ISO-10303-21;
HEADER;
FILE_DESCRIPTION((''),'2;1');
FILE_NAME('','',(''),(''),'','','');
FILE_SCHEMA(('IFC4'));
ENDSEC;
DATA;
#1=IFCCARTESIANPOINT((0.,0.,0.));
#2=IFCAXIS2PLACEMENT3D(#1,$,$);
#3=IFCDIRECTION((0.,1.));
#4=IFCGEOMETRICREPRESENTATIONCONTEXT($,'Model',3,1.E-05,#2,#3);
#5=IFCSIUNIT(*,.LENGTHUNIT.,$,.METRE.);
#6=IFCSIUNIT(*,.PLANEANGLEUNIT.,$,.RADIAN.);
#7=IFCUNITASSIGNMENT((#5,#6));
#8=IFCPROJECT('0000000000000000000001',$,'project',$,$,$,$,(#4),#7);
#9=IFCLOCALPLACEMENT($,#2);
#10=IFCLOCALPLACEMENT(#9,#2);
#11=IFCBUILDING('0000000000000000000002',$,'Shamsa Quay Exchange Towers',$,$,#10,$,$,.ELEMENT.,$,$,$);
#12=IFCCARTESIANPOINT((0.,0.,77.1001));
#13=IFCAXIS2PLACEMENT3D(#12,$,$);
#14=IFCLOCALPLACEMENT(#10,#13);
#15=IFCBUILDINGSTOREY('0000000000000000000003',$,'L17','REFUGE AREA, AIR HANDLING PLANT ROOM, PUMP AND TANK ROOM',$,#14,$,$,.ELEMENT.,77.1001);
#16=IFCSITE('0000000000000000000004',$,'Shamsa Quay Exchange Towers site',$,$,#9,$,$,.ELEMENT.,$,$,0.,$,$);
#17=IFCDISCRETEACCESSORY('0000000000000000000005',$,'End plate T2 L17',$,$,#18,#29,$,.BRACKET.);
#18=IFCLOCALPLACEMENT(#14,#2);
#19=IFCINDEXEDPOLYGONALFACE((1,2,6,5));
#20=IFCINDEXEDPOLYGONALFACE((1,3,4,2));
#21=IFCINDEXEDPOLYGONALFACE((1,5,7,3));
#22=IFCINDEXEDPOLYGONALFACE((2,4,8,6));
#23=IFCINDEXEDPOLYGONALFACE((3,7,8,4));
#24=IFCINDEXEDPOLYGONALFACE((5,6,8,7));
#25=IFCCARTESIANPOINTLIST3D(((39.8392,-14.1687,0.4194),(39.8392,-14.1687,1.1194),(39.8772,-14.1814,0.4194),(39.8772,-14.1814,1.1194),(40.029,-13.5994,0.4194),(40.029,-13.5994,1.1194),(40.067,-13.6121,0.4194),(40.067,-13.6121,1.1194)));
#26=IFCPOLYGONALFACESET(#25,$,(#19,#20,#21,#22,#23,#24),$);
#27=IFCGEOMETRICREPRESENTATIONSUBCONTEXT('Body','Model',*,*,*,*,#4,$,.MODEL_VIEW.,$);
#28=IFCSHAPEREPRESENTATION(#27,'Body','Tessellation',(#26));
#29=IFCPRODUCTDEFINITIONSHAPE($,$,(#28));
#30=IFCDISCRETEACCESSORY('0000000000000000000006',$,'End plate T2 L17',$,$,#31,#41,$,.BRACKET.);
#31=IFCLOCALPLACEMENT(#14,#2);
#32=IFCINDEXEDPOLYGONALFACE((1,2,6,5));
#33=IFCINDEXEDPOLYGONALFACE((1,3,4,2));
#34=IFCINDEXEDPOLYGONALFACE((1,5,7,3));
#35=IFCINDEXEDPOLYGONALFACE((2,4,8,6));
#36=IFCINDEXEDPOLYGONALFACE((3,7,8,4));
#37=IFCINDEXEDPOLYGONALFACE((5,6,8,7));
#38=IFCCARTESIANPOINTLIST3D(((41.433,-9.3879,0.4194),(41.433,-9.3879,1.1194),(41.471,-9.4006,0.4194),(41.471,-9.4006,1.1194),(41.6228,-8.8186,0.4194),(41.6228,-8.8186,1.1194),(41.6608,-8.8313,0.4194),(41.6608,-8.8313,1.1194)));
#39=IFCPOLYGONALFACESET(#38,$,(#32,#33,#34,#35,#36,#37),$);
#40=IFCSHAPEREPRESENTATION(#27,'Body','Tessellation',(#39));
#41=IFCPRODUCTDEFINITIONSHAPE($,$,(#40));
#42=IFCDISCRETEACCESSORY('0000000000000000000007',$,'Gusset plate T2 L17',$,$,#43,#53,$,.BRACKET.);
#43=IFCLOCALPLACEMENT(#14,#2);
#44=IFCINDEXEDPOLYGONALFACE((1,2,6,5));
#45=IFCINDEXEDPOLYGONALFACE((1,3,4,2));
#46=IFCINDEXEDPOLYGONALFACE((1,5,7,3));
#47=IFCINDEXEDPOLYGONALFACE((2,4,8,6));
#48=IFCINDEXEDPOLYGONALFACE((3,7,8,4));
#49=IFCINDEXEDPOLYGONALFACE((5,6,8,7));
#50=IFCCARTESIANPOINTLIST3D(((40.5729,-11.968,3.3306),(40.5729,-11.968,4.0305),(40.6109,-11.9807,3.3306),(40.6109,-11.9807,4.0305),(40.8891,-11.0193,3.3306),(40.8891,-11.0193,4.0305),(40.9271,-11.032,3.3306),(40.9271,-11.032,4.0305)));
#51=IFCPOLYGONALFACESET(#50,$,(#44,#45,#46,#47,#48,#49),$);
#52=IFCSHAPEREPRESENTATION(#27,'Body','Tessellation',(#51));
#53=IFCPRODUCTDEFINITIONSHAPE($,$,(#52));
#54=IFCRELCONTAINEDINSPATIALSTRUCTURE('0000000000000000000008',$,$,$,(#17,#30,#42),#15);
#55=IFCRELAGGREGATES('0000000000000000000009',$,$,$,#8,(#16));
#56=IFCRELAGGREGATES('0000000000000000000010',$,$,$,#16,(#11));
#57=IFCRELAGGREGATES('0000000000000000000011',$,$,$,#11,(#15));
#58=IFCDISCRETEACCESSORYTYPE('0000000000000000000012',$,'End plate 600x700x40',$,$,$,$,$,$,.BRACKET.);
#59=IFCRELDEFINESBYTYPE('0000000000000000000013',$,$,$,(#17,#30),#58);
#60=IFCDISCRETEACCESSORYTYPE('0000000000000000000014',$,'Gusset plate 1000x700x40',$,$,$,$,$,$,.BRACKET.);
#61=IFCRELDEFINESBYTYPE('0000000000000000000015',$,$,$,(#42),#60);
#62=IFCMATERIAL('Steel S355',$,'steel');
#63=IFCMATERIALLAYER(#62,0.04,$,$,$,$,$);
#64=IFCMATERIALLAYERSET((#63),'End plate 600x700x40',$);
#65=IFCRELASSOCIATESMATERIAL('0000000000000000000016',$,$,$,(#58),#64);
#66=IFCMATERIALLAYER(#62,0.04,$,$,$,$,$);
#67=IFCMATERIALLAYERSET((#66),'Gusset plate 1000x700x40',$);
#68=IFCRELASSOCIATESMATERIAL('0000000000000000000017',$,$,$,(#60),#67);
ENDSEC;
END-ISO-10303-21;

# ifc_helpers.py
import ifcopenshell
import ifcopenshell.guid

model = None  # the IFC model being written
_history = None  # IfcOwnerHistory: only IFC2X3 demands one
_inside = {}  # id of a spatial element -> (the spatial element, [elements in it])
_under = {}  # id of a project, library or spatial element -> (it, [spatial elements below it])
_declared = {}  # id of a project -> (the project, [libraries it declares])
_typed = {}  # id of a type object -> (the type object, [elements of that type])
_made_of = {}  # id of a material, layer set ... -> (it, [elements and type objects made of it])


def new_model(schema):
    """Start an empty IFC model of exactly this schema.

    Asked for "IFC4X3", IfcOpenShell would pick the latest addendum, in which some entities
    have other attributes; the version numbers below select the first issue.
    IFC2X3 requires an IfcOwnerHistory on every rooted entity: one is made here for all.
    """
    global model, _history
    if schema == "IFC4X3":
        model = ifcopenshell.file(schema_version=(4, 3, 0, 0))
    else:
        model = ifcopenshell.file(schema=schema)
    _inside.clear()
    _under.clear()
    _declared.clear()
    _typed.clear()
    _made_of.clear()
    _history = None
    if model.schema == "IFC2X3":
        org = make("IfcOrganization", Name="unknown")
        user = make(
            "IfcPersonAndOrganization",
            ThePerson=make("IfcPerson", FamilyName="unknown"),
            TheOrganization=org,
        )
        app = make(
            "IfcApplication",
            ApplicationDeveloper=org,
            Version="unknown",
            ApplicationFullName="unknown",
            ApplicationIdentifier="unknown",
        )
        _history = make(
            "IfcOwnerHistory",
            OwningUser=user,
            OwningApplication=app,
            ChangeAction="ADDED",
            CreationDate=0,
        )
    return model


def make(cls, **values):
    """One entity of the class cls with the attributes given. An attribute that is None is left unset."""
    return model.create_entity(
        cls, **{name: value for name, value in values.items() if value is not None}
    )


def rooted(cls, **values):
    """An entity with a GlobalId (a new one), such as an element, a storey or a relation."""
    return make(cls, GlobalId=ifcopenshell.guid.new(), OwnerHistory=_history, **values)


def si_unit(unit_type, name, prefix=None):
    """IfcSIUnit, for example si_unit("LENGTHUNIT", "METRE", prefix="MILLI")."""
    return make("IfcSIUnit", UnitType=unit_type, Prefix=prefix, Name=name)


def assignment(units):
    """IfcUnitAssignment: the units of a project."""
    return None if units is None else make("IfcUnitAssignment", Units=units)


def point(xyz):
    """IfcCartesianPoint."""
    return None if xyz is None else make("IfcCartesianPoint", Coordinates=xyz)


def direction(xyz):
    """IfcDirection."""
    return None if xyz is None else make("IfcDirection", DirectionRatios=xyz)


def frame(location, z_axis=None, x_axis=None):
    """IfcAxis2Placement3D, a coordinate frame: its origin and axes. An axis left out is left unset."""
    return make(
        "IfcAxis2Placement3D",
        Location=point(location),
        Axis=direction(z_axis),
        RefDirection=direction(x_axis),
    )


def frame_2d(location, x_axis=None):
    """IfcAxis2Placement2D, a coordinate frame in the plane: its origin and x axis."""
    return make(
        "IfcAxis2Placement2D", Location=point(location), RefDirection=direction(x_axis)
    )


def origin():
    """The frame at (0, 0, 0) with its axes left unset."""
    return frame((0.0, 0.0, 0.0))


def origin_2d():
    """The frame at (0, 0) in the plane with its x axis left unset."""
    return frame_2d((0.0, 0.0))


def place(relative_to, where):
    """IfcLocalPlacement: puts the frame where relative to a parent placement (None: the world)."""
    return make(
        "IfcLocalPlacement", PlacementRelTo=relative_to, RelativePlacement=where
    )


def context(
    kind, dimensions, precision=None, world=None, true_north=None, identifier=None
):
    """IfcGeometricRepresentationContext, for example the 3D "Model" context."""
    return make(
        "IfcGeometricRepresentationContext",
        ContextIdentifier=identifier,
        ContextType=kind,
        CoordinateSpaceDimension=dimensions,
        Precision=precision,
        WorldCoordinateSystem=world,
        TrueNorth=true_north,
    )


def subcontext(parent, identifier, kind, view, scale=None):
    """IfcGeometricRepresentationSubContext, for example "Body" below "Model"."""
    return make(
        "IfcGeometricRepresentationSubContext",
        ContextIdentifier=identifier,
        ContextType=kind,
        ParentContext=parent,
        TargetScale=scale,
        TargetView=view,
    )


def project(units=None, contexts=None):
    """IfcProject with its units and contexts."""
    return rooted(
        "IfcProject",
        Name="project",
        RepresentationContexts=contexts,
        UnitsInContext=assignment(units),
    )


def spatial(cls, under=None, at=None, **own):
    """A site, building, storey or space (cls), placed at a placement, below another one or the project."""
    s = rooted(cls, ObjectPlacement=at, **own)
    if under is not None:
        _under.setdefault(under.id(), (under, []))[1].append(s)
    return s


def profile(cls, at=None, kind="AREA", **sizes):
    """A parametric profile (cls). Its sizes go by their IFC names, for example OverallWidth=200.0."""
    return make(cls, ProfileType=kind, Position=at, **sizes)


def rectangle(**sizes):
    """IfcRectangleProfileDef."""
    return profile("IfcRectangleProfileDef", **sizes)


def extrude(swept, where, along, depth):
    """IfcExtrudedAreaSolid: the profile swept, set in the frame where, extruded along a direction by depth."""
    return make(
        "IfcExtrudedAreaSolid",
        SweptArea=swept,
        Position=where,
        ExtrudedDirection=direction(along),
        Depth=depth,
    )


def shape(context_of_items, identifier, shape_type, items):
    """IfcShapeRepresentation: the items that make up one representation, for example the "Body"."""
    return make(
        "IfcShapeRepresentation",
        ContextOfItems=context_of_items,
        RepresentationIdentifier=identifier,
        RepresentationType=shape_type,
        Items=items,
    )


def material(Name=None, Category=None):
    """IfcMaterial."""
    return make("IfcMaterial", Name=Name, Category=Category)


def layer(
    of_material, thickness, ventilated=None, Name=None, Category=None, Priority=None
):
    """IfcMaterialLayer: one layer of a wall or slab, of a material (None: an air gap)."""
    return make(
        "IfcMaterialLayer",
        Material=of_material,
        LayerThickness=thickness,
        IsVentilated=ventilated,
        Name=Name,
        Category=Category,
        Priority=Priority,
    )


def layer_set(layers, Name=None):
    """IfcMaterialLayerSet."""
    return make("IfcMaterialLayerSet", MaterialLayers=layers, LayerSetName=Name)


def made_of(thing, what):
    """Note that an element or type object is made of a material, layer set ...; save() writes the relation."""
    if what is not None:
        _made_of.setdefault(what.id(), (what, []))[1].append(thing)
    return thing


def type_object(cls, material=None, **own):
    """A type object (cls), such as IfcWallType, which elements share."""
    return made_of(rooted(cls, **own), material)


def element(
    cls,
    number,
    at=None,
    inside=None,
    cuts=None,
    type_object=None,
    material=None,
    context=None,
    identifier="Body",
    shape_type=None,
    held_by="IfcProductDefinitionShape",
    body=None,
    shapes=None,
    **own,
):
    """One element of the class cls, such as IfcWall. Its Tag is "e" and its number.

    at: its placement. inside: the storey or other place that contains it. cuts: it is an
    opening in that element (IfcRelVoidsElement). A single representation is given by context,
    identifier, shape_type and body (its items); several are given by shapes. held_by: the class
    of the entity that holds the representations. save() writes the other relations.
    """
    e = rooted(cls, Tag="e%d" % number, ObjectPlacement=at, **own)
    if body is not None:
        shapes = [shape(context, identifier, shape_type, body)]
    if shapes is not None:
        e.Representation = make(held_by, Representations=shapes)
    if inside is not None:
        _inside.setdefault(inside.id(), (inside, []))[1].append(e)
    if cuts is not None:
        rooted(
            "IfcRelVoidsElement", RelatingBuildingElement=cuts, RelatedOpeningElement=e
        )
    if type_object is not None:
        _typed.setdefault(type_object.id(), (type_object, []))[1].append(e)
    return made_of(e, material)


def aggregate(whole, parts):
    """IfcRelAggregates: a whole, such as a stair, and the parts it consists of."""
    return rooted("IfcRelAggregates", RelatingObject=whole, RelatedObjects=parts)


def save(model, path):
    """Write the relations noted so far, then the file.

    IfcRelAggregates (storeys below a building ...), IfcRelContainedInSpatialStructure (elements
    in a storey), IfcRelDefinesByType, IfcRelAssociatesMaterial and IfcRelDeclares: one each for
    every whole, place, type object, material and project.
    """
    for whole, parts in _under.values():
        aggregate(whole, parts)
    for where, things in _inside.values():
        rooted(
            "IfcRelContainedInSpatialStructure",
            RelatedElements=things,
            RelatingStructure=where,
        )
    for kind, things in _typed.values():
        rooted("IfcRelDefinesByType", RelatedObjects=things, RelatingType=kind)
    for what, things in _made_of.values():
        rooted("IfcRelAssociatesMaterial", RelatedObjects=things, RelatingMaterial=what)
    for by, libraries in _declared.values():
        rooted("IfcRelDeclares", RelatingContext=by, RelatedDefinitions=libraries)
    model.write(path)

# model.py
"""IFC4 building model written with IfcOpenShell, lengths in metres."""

from ifc_helpers import new_model, si_unit, direction, frame, origin, origin_2d, place, context, subcontext, project, spatial, rectangle, extrude, material, layer, layer_set, type_object, element, save


model = new_model("IFC4")

# Units and contexts
model_context = context("Model", 3, precision=1e-05, world=origin(), true_north=direction((0.0, 1.0)))
body_context = subcontext(model_context, "Body", "Model", "MODEL_VIEW")
ifc_project = project(units=[si_unit("LENGTHUNIT", "METRE"), si_unit("PLANEANGLEUNIT", "RADIAN")], contexts=[model_context])

# Site, building, storey
site_placement = place(None, origin())
site = spatial("IfcSite", under=ifc_project, at=site_placement, Name="Shamsa Quay Exchange Towers site", CompositionType="ELEMENT", RefElevation=0.0)
building_placement = place(site_placement, origin())
building = spatial("IfcBuilding", under=site, at=building_placement, Name="Shamsa Quay Exchange Towers", CompositionType="ELEMENT")
storey_placement = place(building_placement, frame((0.0, 0.0, 77.1001)))
storey = spatial("IfcBuildingStorey", under=building, at=storey_placement, Name="L17", Description="REFUGE AREA, AIR HANDLING PLANT ROOM, PUMP AND TANK ROOM", CompositionType="ELEMENT", Elevation=77.1001)

# Shared definitions
ifc_material_1 = material(Name="Steel S355", Category="steel")

# Discrete accessories
ifc_layer_1 = layer(ifc_material_1, 0.04)
ifc_layer_set_1 = layer_set([ifc_layer_1], Name="End plate 600x700x40")
discrete_accessory_type_1 = type_object("IfcDiscreteAccessoryType", Name="End plate 600x700x40", PredefinedType="BRACKET", material=ifc_layer_set_1)
for number, where, z_axis, x_axis, name in (
    (1, (39.9531, -13.8904, 0.4194), (0.0, 0.0, 1.0), (0.316228, 0.948683, 0.0), "End plate T2 L17"),
    (2, (41.5469, -9.1096, 0.4194), (0.0, 0.0, 1.0), (0.316228, 0.948683, 0.0), "End plate T2 L17"),
):
    element("IfcDiscreteAccessory", number, at=place(storey_placement, frame(where, z_axis=z_axis, x_axis=x_axis)), inside=storey, type_object=discrete_accessory_type_1, Name=name, PredefinedType="BRACKET", context=body_context, shape_type="SweptSolid", body=[
        extrude(rectangle(XDim=0.6001, YDim=0.04, at=origin_2d()), origin(), (0.0, 0.0, 1.0), 0.7),
    ])
ifc_layer_2 = layer(ifc_material_1, 0.04)
ifc_layer_set_2 = layer_set([ifc_layer_2], Name="Gusset plate 1000x700x40")
discrete_accessory_type_2 = type_object("IfcDiscreteAccessoryType", Name="Gusset plate 1000x700x40", PredefinedType="BRACKET", material=ifc_layer_set_2)
discrete_accessory_placement = place(storey_placement, frame((40.75, -11.5, 3.3306), z_axis=(0.0, 0.0, 1.0), x_axis=(0.316228, 0.948683, 0.0)))
element("IfcDiscreteAccessory", 3, at=discrete_accessory_placement, inside=storey, type_object=discrete_accessory_type_2, Name="Gusset plate T2 L17", PredefinedType="BRACKET", context=body_context, shape_type="SweptSolid", body=[
    extrude(rectangle(XDim=1.0, YDim=0.04, at=origin_2d()), origin(), (0.0, 0.0, 1.0), 0.7),
])

save(model, "model.ifc")
